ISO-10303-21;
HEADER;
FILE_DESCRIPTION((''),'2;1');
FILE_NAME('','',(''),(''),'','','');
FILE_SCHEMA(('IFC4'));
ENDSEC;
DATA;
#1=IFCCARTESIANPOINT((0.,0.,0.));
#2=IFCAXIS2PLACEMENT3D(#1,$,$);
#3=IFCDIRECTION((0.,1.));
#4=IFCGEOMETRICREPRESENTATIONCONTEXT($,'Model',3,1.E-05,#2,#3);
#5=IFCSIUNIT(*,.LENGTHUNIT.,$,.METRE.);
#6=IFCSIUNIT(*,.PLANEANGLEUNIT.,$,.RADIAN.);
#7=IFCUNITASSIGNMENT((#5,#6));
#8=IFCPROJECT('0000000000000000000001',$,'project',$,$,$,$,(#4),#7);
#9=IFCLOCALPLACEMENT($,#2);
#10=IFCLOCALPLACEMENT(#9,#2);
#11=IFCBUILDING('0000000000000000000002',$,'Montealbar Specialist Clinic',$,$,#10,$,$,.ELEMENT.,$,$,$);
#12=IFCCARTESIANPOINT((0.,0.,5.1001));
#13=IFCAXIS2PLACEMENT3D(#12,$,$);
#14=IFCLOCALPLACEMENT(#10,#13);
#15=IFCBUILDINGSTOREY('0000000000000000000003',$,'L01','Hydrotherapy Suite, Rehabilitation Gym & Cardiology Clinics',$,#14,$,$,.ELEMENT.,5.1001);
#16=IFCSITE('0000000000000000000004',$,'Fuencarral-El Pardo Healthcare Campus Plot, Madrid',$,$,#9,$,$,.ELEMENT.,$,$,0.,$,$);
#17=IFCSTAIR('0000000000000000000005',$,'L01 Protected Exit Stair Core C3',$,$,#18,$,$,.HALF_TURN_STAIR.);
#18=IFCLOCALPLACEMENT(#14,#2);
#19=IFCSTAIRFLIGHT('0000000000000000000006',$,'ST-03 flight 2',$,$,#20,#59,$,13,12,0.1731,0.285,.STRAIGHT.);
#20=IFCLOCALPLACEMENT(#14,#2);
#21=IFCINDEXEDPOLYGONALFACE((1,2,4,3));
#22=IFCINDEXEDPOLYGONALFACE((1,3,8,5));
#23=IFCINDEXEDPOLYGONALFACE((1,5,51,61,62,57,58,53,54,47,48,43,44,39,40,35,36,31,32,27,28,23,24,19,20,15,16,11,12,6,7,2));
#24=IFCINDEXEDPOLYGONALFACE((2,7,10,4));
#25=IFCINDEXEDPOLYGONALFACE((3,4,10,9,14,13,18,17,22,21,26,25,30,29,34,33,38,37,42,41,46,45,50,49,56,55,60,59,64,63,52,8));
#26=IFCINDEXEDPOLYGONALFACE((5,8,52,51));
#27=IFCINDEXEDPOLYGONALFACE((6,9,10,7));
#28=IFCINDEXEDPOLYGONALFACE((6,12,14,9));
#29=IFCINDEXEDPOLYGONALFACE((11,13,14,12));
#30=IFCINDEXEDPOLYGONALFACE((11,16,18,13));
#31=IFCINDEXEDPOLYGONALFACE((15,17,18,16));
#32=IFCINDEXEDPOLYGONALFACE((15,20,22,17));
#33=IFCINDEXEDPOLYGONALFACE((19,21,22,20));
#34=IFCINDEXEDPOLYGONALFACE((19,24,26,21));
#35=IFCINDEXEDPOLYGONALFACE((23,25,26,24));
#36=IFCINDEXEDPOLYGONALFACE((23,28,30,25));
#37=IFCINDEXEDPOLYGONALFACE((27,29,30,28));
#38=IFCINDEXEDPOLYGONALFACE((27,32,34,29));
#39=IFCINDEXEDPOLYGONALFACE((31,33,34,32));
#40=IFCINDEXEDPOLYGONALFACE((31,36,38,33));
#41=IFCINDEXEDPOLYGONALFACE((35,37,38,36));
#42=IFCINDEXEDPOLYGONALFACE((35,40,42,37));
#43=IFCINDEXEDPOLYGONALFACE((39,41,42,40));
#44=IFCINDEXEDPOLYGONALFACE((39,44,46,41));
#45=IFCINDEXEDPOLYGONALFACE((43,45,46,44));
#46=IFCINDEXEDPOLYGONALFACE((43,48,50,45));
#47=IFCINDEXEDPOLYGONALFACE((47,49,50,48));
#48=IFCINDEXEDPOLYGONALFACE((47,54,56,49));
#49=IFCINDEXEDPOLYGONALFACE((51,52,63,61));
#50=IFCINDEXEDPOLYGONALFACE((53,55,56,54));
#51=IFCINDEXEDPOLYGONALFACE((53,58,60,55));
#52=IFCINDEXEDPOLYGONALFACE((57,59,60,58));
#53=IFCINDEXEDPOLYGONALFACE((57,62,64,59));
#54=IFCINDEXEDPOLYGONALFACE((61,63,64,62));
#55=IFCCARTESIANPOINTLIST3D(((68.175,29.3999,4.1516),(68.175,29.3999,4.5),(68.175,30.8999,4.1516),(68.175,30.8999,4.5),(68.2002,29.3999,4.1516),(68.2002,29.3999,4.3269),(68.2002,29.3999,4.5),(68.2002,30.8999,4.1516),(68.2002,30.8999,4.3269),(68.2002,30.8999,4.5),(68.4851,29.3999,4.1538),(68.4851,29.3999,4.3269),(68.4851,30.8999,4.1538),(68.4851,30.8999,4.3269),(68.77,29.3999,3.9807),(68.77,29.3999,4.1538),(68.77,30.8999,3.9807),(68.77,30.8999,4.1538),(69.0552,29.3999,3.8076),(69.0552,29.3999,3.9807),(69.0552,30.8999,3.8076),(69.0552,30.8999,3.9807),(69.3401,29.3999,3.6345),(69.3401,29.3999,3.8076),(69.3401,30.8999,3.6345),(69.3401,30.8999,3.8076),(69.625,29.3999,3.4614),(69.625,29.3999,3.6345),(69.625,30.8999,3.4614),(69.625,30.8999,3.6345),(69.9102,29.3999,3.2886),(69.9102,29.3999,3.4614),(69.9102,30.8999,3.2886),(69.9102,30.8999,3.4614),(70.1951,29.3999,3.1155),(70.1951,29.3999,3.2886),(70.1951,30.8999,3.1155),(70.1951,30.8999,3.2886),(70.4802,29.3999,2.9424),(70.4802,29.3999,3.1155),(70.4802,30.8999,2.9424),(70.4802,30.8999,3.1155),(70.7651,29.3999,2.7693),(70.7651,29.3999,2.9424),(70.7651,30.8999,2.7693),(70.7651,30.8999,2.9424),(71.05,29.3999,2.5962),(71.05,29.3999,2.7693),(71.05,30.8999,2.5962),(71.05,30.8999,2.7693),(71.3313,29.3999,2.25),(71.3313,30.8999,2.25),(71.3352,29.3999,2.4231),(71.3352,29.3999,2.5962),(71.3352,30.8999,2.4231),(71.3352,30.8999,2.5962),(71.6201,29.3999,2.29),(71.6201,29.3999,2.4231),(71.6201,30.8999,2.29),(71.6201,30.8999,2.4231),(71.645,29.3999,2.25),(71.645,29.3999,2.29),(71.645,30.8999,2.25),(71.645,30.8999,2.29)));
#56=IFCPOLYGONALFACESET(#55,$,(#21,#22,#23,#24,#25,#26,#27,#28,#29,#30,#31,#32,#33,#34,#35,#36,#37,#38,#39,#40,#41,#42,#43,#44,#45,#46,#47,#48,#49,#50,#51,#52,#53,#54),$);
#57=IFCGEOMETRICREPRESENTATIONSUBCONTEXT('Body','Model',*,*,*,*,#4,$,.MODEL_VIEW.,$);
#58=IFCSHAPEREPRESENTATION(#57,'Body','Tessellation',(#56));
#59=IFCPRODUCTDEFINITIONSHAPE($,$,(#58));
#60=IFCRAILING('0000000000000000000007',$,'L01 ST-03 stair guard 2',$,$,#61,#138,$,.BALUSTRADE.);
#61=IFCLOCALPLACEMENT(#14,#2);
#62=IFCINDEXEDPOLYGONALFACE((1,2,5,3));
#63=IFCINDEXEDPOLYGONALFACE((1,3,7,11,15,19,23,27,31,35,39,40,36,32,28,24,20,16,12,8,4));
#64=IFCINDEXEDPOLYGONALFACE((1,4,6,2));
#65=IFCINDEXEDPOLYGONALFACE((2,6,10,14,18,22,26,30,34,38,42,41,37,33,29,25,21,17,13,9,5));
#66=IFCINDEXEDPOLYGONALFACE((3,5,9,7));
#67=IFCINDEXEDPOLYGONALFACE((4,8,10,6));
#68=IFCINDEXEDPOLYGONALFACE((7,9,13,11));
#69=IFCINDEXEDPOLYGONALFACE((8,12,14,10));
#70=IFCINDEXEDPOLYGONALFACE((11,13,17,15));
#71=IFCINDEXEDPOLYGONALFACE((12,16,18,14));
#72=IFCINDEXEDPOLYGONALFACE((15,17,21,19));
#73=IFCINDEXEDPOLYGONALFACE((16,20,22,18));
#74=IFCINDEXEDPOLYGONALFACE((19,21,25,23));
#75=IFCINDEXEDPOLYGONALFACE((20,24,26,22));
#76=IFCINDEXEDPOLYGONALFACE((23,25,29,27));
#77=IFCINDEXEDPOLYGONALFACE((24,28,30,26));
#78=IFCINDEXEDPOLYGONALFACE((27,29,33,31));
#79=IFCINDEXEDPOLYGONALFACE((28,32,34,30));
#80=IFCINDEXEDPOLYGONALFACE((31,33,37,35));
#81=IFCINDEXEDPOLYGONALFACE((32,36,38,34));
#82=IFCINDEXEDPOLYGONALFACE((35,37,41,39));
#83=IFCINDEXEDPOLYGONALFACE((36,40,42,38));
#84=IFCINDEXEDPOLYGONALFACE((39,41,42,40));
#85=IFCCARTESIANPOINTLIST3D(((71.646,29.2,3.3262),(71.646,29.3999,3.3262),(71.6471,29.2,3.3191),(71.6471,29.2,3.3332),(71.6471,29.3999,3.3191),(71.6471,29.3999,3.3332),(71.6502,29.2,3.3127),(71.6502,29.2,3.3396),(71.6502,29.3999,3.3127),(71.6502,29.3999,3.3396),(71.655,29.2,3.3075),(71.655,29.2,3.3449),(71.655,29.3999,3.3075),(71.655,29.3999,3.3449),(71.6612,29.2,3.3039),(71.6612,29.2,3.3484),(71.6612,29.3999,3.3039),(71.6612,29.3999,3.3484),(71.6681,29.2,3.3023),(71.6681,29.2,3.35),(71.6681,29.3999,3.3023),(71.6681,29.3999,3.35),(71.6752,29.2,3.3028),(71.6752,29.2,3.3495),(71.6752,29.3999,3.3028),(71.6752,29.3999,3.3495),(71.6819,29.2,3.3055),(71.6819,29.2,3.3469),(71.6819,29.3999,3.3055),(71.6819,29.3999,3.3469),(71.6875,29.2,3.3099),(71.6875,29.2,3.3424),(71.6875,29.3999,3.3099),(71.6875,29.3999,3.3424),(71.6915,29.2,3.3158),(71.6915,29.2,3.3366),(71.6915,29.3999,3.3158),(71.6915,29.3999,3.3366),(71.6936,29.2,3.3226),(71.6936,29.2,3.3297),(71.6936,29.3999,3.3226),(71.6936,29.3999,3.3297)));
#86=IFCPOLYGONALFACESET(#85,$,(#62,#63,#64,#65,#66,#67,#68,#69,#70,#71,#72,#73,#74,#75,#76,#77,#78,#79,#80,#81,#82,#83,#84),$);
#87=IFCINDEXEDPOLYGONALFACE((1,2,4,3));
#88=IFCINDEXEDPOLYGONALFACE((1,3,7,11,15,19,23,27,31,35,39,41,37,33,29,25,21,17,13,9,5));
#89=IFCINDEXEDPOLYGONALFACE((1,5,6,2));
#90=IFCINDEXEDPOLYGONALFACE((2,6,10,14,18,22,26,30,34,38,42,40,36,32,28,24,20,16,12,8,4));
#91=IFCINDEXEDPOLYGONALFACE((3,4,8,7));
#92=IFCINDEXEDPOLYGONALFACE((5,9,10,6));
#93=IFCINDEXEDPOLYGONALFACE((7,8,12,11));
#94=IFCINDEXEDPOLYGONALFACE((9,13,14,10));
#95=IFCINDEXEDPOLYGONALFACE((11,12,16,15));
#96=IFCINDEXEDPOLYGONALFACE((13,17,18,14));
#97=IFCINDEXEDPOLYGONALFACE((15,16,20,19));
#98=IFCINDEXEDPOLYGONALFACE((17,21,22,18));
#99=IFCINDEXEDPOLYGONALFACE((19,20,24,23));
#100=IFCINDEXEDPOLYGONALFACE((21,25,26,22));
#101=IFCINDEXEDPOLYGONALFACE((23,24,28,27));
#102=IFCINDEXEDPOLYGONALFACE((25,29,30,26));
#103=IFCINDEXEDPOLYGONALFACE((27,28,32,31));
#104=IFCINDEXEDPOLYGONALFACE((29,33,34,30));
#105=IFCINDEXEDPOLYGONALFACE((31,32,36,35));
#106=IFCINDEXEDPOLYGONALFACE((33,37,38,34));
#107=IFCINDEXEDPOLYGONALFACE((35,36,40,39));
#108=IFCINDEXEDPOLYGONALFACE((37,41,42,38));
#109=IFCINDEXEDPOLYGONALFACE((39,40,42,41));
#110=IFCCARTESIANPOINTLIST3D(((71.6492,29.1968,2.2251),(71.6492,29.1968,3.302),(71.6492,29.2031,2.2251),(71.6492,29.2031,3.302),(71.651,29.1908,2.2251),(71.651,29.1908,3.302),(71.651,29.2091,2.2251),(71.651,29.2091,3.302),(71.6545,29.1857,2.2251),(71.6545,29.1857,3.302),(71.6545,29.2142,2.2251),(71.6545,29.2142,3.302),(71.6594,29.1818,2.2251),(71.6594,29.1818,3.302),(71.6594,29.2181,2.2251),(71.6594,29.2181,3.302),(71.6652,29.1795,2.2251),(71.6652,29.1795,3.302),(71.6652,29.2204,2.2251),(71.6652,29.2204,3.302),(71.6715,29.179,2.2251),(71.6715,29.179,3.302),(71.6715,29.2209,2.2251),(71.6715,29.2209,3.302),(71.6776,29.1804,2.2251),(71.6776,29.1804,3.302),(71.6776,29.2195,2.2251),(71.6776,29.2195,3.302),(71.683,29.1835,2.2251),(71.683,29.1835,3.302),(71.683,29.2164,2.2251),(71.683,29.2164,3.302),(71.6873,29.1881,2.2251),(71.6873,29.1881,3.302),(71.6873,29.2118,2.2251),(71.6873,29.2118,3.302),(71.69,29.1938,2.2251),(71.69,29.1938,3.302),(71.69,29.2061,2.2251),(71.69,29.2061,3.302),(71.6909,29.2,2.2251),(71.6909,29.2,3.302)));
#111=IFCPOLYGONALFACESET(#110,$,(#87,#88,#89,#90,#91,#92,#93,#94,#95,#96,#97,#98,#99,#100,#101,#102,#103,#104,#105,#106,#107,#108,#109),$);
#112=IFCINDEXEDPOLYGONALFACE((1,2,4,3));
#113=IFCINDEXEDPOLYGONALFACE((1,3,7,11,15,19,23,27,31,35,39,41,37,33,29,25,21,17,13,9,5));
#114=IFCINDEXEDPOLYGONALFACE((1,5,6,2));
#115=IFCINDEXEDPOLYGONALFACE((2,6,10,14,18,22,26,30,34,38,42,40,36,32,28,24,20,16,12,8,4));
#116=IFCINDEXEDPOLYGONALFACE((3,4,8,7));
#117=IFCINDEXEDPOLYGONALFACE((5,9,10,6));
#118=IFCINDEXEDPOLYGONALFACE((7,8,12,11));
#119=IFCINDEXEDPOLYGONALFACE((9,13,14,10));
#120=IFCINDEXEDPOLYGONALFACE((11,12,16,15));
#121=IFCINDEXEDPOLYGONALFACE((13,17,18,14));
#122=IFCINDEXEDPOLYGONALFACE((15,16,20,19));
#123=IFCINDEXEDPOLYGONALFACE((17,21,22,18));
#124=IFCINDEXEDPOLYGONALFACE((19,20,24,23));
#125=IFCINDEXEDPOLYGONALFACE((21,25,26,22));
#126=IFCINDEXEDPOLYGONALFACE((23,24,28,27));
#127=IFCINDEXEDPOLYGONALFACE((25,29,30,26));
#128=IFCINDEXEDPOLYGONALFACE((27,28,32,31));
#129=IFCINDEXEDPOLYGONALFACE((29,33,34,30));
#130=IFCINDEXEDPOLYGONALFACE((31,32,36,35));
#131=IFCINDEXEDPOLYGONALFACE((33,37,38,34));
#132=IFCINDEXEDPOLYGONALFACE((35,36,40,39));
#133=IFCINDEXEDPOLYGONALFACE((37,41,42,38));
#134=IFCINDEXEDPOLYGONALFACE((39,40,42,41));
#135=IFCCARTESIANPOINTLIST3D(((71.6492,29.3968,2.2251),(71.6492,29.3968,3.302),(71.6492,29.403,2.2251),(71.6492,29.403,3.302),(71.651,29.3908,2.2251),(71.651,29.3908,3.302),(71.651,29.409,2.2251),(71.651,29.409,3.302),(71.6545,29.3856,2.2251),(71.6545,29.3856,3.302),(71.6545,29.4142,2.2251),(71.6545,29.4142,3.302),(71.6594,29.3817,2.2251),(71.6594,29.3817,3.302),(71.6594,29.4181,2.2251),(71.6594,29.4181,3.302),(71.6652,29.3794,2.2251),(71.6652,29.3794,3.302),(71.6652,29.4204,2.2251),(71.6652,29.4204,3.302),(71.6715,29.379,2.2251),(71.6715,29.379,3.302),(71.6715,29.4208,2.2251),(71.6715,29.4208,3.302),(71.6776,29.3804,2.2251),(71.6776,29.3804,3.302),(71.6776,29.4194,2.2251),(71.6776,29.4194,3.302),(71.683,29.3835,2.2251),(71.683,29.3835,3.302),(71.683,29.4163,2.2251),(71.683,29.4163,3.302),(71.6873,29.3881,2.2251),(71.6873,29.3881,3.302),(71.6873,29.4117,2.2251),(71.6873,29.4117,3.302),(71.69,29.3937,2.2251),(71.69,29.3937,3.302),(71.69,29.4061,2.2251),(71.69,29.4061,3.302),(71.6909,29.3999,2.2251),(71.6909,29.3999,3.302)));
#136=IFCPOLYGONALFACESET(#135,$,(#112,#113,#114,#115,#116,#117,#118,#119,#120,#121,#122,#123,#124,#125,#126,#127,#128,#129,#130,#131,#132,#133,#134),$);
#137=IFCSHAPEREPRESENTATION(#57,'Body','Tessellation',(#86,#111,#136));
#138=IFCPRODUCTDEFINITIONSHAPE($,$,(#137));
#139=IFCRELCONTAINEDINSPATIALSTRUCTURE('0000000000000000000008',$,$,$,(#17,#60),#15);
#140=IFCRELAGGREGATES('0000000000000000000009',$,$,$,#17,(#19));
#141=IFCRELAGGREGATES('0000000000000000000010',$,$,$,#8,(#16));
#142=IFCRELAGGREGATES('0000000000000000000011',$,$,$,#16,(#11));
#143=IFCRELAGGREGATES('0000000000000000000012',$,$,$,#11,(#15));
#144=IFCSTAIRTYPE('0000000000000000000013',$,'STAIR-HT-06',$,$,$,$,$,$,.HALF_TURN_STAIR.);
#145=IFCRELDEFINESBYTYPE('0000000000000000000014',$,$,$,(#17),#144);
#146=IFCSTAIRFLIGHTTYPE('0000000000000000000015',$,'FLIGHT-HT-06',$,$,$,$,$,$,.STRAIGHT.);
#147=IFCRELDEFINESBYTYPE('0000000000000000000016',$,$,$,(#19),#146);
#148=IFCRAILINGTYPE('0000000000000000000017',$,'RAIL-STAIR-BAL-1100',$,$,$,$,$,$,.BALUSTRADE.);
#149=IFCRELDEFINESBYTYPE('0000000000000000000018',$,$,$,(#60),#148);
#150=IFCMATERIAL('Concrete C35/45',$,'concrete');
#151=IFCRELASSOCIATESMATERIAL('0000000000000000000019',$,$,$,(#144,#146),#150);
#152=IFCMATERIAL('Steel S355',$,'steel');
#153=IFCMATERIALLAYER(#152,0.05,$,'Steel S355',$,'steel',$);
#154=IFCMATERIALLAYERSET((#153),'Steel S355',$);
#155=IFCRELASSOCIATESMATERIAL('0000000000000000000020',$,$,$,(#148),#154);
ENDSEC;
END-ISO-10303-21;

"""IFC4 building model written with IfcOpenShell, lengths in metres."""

from ifc_helpers import new_model, si_unit, direction, frame, origin, origin_2d, place, context, subcontext, project, spatial, polyline, circle, outline, extrude, material, layer, layer_set, type_object, element, aggregate, save


model = new_model("IFC4")

# Units and contexts
model_context = context("Model", 3, precision=1e-05, world=origin(), true_north=direction((0.0, 1.0)))
body_context = subcontext(model_context, "Body", "Model", "MODEL_VIEW")
ifc_project = project(units=[si_unit("LENGTHUNIT", "METRE"), si_unit("PLANEANGLEUNIT", "RADIAN")], contexts=[model_context])

# Site, building, storey
site_placement = place(None, origin())
site = spatial("IfcSite", under=ifc_project, at=site_placement, Name="Fuencarral-El Pardo Healthcare Campus Plot, Madrid", CompositionType="ELEMENT", RefElevation=0.0)
building_placement = place(site_placement, origin())
building = spatial("IfcBuilding", under=site, at=building_placement, Name="Montealbar Specialist Clinic", CompositionType="ELEMENT")
storey_placement = place(building_placement, frame((0.0, 0.0, 5.1001)))
storey = spatial("IfcBuildingStorey", under=building, at=storey_placement, Name="L01", Description="Hydrotherapy Suite, Rehabilitation Gym & Cardiology Clinics", CompositionType="ELEMENT", Elevation=5.1001)

# Shared definitions
ifc_material_1 = material(Name="Steel S355", Category="steel")

# Shared definitions
ifc_material_2 = material(Name="Concrete C35/45", Category="concrete")

# Stair, stair flight
stair_type = type_object("IfcStairType", Name="STAIR-HT-06", PredefinedType="HALF_TURN_STAIR", material=ifc_material_2)
stair_placement = place(storey_placement, origin())
stair = element("IfcStair", 1, at=stair_placement, inside=storey, type_object=stair_type, Name="L01 Protected Exit Stair Core C3", PredefinedType="HALF_TURN_STAIR")
stair_flight_type = type_object("IfcStairFlightType", Name="FLIGHT-HT-06", PredefinedType="STRAIGHT", material=ifc_material_2)
stair_flight_placement = place(storey_placement, frame((71.6201, 30.1499, 2.25), z_axis=(0.0, 0.0, 1.0), x_axis=(-1.0, 0.0, 0.0)))
stair_flight = element("IfcStairFlight", 2, at=stair_flight_placement, type_object=stair_flight_type, Name="ST-03 flight 2", NumberOfRisers=13, NumberOfTreads=12, PredefinedType="STRAIGHT", RiserHeight=0.1731, TreadLength=0.285, context=body_context, shape_type="SweptSolid", body=[
    extrude(outline(polyline([(-0.0249, 0.0), (-0.0249, 0.04), (0.0, 0.04), (0.0, 0.1731), (0.2849, 0.1731), (0.2849, 0.3462), (0.5701, 0.3462), (0.5701, 0.5193), (0.855, 0.5193), (0.855, 0.6924), (1.1399, 0.6924), (1.1399, 0.8655), (1.425, 0.8655), (1.425, 1.0386), (1.71, 1.0386), (1.71, 1.2114), (1.9951, 1.2114), (1.9951, 1.3845), (2.28, 1.3845), (2.28, 1.5576), (2.5649, 1.5576), (2.5649, 1.7307), (2.8501, 1.7307), (2.8501, 1.9038), (3.135, 1.9038), (3.135, 2.0769), (3.4199, 2.0769), (3.4199, 2.25), (3.4451, 2.25), (3.4451, 1.9016), (3.4199, 1.9016), (0.2888, 0.0), (-0.0249, 0.0)])), frame((0.0, 0.75, 0.0), z_axis=(0.0, -1.0, 0.0), x_axis=(1.0, 0.0, 0.0)), (0.0, 0.0, 1.0), 1.5),
])
aggregate(stair, [stair_flight])

# Railing
ifc_layer_1 = layer(ifc_material_1, 0.05, Name="Steel S355", Category="steel")
ifc_layer_set_1 = layer_set([ifc_layer_1], Name="Steel S355")
railing_type_1 = type_object("IfcRailingType", Name="RAIL-STAIR-BAL-1100", PredefinedType="BALUSTRADE", material=ifc_layer_set_1)
railing_1_placement = place(storey_placement, frame((71.6699, 29.2, 2.25)))
element("IfcRailing", 3, at=railing_1_placement, inside=storey, type_object=railing_type_1, Name="L01 ST-03 stair guard 2", PredefinedType="BALUSTRADE", context=body_context, shape_type="SweptSolid", body=[
    extrude(circle(Radius=0.0239, at=origin_2d()), frame((0.0, 0.0, 1.0762), z_axis=(0.0, 1.0, 0.0), x_axis=(-1.0, 0.0, 0.0)), (0.0, 0.0, 1.0), 0.2),
    extrude(circle(Radius=0.021, at=origin_2d()), frame((0.0, 0.0, -0.0249)), (0.0, 0.0, 1.0), 1.0769),
    extrude(circle(Radius=0.021, at=origin_2d()), frame((0.0, 0.2, -0.0249)), (0.0, 0.0, 1.0), 1.0769),
])

save(model, "model.ifc")
